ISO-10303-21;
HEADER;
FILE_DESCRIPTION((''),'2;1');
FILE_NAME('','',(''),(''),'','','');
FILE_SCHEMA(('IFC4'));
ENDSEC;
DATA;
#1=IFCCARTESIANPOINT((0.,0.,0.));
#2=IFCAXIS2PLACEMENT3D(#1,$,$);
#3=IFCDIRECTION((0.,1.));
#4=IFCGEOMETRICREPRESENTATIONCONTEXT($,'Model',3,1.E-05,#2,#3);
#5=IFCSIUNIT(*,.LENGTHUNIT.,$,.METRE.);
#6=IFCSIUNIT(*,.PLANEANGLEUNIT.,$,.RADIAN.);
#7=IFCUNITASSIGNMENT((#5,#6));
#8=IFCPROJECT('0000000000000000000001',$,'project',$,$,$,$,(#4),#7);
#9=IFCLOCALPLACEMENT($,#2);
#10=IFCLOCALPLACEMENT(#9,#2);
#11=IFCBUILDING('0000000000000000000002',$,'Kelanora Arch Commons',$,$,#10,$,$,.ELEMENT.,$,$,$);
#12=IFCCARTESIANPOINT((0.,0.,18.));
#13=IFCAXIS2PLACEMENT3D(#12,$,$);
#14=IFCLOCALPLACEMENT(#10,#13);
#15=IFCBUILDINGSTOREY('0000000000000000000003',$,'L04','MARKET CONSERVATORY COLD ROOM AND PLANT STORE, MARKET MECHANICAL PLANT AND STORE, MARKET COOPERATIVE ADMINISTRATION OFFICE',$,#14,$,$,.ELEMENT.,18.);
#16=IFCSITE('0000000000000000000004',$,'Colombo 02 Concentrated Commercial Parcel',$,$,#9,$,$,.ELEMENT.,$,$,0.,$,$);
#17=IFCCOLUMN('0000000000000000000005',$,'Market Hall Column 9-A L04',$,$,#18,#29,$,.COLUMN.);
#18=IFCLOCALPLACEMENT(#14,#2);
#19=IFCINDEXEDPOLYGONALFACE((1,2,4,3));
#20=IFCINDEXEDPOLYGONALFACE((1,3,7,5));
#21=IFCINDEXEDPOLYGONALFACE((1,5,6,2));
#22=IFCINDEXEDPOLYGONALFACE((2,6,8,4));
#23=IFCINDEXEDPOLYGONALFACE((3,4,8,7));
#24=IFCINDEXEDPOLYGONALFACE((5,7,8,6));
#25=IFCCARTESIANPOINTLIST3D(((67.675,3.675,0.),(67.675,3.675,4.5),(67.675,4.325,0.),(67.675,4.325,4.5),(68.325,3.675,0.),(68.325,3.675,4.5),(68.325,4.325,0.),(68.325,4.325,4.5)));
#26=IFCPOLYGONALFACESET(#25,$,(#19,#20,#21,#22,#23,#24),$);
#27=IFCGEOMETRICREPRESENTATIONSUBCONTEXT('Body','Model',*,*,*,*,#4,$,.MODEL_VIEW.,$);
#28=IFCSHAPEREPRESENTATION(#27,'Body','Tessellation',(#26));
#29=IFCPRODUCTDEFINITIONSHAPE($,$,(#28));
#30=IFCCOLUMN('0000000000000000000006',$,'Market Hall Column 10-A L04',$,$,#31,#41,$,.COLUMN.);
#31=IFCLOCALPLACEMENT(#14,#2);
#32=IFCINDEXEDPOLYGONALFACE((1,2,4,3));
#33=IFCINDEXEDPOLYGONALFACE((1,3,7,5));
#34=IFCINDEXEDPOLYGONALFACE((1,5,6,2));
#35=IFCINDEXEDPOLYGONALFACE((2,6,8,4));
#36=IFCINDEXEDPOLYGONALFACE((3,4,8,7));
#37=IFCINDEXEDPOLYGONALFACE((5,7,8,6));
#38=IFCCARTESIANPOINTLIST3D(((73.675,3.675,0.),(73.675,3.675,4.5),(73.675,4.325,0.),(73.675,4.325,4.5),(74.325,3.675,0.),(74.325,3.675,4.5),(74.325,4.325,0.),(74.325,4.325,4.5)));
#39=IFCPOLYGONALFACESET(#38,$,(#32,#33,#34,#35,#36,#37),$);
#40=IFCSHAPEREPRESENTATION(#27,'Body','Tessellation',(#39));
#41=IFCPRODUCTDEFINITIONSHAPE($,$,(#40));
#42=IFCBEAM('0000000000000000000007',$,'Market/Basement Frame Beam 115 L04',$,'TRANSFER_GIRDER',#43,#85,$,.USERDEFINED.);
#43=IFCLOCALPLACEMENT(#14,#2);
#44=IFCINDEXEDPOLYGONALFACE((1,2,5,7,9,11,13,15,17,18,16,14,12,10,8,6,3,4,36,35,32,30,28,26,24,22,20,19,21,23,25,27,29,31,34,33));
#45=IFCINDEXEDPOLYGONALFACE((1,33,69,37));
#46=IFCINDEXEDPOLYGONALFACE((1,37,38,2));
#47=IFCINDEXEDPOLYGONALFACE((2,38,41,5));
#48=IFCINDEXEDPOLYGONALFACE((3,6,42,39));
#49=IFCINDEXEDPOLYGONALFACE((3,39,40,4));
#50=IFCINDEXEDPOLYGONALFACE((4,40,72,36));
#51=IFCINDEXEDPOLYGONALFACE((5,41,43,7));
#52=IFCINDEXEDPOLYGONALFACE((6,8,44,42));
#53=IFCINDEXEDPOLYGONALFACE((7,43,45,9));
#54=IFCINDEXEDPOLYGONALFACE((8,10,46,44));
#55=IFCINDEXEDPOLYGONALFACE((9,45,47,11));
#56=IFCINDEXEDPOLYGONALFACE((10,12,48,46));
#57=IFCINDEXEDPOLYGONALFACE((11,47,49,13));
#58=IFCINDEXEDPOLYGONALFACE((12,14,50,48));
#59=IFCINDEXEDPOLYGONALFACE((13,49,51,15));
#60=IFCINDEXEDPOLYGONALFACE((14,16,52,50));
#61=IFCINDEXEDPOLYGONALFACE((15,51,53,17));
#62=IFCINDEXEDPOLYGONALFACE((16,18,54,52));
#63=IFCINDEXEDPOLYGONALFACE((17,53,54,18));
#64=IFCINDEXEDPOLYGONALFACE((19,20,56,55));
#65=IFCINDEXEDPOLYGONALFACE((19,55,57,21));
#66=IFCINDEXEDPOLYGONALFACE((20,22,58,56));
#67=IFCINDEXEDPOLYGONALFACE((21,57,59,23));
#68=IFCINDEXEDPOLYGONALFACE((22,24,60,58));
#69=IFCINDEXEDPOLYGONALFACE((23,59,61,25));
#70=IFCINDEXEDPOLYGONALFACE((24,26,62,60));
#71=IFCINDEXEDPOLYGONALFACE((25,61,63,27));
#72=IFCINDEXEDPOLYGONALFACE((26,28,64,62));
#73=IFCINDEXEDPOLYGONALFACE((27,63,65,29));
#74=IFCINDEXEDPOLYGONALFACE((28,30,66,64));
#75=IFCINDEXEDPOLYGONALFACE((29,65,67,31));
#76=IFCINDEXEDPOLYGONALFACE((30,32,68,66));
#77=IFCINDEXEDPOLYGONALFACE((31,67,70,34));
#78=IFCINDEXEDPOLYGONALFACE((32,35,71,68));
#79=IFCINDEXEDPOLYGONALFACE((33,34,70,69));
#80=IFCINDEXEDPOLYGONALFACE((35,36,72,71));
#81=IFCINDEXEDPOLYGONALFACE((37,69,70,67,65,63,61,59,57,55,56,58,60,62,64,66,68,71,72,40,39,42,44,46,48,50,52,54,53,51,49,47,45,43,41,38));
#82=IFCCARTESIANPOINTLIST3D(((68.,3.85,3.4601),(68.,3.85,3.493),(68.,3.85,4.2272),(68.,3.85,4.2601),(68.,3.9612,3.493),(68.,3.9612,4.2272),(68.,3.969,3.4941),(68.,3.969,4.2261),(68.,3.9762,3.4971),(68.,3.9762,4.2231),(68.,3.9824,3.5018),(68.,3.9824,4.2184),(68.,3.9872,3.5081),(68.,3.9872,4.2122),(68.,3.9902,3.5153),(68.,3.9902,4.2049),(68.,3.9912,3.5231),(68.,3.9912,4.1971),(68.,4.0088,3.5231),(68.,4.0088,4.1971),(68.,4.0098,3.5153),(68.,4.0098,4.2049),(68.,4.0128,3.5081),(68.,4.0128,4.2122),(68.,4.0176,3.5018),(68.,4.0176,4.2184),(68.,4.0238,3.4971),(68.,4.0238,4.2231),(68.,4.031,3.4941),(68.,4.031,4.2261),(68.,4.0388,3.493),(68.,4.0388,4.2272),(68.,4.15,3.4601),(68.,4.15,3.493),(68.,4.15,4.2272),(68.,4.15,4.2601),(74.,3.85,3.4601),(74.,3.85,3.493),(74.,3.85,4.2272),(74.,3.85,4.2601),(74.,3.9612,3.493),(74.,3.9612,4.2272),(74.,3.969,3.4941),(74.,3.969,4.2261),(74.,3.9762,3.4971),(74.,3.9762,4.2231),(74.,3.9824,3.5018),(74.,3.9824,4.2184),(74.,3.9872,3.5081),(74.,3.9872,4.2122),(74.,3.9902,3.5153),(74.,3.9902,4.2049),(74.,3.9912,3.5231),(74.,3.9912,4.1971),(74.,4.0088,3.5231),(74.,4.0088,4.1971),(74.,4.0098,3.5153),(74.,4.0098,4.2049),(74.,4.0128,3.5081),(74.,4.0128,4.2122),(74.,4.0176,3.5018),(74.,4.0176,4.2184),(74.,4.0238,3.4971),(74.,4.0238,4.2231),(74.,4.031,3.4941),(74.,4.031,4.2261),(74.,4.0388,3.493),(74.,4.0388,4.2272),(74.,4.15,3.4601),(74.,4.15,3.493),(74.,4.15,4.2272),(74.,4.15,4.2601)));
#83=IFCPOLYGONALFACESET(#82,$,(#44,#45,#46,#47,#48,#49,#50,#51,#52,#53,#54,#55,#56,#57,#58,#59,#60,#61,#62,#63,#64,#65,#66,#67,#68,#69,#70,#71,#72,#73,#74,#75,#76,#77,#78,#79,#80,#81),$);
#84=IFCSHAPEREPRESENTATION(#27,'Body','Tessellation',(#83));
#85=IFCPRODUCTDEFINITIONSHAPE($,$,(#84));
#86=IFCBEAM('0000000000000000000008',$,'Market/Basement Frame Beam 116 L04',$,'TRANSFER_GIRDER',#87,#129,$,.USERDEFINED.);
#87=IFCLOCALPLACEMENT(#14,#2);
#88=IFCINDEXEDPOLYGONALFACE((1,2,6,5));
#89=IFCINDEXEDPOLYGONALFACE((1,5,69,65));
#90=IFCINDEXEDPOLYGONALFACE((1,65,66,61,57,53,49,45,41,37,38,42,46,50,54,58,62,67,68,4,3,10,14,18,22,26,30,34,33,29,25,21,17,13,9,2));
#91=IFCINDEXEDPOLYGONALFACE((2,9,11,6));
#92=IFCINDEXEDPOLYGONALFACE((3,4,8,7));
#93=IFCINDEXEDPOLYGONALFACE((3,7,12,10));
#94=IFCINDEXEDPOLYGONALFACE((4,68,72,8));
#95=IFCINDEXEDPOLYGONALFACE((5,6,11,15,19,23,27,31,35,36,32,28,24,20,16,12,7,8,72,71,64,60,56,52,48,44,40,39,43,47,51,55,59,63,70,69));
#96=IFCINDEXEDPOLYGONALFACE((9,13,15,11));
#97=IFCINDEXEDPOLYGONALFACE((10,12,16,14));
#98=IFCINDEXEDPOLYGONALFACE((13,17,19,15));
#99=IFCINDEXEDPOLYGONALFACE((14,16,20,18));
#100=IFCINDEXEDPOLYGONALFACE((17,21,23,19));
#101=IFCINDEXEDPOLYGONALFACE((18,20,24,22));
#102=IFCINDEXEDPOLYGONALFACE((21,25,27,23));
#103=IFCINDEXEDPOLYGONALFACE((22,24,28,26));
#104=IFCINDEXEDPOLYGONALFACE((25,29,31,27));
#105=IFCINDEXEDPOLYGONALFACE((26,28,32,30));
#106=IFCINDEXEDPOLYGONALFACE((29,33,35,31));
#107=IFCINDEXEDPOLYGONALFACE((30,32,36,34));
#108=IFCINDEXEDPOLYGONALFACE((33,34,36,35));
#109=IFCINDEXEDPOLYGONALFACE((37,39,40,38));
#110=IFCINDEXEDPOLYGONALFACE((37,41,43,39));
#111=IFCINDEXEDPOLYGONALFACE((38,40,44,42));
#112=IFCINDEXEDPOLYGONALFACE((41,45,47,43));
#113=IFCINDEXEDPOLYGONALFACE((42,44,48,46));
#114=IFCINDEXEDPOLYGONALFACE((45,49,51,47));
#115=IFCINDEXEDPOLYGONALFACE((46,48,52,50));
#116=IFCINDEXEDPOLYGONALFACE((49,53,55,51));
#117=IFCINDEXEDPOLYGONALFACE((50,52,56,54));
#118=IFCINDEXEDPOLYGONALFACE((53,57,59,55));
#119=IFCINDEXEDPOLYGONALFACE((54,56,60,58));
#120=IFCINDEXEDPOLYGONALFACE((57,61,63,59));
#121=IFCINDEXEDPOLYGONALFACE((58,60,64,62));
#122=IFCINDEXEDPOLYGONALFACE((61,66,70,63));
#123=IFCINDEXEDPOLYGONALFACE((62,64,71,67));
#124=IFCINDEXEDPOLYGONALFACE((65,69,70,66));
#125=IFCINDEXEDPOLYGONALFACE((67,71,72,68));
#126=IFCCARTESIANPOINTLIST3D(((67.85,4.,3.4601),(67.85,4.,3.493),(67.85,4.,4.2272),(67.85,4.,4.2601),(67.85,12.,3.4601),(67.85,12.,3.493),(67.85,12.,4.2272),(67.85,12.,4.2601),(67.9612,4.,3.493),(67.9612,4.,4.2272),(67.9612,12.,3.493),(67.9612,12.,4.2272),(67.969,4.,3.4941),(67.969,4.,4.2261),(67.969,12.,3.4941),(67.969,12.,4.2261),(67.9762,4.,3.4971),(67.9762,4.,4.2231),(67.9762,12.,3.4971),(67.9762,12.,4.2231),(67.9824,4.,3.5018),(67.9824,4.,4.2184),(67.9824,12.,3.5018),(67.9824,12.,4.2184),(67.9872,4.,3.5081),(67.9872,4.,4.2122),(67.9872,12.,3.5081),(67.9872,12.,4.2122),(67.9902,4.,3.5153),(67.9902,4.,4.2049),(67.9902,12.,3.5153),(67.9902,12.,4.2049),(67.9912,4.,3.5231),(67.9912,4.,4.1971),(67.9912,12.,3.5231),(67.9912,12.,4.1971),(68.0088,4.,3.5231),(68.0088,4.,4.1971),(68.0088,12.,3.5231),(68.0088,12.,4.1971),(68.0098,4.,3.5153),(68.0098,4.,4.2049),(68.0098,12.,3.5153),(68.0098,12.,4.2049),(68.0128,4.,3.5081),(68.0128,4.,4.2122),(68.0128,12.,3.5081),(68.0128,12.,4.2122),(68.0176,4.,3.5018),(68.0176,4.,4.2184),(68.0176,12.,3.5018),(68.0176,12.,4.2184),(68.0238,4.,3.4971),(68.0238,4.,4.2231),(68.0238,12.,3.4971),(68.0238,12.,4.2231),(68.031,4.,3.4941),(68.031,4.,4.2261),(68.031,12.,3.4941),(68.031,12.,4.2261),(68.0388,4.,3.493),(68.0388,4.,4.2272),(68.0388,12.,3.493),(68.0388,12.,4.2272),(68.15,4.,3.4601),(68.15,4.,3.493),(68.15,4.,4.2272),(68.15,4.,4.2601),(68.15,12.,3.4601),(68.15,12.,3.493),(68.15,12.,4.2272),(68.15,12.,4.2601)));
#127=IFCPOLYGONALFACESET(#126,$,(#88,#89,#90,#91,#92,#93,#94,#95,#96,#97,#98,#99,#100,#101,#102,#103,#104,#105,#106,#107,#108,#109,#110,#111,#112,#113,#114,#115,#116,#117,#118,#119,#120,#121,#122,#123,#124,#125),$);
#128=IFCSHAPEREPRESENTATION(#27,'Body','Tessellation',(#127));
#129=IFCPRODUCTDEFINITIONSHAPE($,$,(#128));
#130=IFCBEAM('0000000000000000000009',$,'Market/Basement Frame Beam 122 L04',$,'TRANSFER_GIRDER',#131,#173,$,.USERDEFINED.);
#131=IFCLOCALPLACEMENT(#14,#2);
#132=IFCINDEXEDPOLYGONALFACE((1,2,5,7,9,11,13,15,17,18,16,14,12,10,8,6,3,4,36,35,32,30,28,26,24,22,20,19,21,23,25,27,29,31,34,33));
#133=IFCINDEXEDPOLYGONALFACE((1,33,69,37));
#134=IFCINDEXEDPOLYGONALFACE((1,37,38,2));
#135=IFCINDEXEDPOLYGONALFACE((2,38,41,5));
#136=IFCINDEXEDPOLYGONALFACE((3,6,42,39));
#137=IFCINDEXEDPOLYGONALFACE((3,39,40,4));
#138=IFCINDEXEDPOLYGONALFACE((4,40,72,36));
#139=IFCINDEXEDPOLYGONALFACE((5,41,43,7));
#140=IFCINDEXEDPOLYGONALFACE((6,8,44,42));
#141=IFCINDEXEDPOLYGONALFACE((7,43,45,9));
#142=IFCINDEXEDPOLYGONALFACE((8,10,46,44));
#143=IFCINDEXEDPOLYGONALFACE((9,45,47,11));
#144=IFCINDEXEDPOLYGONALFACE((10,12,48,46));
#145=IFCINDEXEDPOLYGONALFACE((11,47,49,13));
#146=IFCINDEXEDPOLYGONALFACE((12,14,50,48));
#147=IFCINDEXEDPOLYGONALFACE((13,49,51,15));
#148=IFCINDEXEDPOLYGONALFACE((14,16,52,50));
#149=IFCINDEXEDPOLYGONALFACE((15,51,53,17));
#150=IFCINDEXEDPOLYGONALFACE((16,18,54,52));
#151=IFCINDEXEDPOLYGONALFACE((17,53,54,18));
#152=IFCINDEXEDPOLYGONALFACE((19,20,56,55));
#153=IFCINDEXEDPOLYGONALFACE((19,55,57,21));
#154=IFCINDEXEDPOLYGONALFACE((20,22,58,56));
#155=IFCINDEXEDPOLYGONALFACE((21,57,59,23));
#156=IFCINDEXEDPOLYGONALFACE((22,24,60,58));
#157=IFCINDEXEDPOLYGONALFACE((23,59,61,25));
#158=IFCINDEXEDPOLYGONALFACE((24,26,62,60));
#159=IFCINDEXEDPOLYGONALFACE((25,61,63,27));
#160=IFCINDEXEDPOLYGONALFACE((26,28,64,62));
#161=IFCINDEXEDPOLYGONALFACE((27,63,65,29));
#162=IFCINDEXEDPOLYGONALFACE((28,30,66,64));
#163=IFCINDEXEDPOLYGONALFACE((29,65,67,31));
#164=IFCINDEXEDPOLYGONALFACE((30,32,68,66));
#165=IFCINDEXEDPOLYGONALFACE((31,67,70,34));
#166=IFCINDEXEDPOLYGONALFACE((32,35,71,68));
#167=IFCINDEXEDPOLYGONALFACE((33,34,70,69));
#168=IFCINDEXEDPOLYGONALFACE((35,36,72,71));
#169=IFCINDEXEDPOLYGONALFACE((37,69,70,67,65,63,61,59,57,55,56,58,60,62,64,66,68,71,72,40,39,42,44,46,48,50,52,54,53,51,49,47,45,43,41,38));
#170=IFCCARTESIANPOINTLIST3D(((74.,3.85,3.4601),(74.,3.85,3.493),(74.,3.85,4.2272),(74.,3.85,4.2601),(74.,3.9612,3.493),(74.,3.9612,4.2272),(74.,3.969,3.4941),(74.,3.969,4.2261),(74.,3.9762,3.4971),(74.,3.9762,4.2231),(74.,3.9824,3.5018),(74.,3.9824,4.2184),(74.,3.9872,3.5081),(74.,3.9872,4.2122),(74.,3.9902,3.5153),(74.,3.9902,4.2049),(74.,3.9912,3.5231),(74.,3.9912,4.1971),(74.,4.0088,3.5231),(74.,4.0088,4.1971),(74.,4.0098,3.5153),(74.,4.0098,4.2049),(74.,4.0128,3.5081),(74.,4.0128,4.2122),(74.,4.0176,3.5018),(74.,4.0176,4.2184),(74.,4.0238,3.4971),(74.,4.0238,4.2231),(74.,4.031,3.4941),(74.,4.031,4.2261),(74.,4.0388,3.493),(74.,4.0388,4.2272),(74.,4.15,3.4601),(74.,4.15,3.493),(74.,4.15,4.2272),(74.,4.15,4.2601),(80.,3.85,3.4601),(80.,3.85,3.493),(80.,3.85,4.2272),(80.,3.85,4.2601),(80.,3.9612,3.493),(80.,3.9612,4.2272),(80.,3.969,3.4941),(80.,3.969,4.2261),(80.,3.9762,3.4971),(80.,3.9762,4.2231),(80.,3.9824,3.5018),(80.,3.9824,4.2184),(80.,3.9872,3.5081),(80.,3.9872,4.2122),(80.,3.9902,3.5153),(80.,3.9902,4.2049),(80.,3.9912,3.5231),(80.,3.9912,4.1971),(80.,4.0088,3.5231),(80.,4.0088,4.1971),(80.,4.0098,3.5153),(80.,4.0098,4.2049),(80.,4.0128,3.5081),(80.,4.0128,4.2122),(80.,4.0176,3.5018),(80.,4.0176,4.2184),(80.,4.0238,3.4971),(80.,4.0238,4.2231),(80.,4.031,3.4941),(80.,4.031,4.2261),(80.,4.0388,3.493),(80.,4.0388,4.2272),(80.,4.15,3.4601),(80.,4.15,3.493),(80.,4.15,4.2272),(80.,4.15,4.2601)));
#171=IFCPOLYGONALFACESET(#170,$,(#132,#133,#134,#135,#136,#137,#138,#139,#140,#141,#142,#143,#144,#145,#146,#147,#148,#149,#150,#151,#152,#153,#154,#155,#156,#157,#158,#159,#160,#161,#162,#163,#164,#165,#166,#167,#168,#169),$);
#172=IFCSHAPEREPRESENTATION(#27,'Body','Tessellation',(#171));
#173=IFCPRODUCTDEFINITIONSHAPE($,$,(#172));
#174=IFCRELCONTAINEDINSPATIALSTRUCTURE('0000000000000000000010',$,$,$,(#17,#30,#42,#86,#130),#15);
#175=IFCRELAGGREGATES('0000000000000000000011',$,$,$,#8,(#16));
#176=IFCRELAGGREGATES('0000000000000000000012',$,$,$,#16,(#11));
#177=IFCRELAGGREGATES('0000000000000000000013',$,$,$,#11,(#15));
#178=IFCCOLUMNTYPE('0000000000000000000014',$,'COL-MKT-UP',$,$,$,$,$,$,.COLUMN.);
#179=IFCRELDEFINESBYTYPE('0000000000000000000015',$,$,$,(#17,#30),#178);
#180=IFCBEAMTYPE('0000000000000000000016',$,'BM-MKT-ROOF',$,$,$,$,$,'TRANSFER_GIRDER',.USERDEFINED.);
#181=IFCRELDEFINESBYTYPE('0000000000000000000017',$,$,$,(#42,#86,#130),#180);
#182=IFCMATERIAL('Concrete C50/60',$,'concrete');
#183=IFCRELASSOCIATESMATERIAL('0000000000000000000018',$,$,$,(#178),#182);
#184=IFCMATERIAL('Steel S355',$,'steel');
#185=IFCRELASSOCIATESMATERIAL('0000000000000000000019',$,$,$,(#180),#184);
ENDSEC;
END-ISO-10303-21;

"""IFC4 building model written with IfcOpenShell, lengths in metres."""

from ifc_helpers import new_model, si_unit, direction, frame, origin, origin_2d, place, context, subcontext, project, spatial, rectangle, i_section, extrude, material, material_profile, profile_set, type_object, element, save


model = new_model("IFC4")

# Units and contexts
model_context = context("Model", 3, precision=1e-05, world=origin(), true_north=direction((0.0, 1.0)))
body_context = subcontext(model_context, "Body", "Model", "MODEL_VIEW")
ifc_project = project(units=[si_unit("LENGTHUNIT", "METRE"), si_unit("PLANEANGLEUNIT", "RADIAN")], contexts=[model_context])

# Site, building, storey
site_placement = place(None, origin())
site = spatial("IfcSite", under=ifc_project, at=site_placement, Name="Colombo 02 Concentrated Commercial Parcel", CompositionType="ELEMENT", RefElevation=0.0)
building_placement = place(site_placement, origin())
building = spatial("IfcBuilding", under=site, at=building_placement, Name="Kelanora Arch Commons", CompositionType="ELEMENT")
storey_placement = place(building_placement, frame((0.0, 0.0, 18.0)))
storey = spatial("IfcBuildingStorey", under=building, at=storey_placement, Name="L04", Description="MARKET CONSERVATORY COLD ROOM AND PLANT STORE, MARKET MECHANICAL PLANT AND STORE, MARKET COOPERATIVE ADMINISTRATION OFFICE", CompositionType="ELEMENT", Elevation=18.0)

# Columns
ifc_material_1 = material(Name="Concrete C50/60", Category="concrete")
ifc_material_profile_1 = material_profile(ifc_material_1, rectangle(XDim=0.6499, YDim=0.6499, at=origin_2d()), Name="RC650x650")
ifc_profile_set_1 = profile_set([ifc_material_profile_1], Name="Concrete C50/60")
column_type = type_object("IfcColumnType", Name="COL-MKT-UP", PredefinedType="COLUMN", material=ifc_profile_set_1)
for number, where, z_axis, x_axis, name in (
    (1, (68.0, 4.0, 0.0), (0.0, 0.0, 1.0), (1.0, 0.0, 0.0), "Market Hall Column 9-A L04"),
    (2, (74.0, 4.0, 0.0), (0.0, 0.0, 1.0), (1.0, 0.0, 0.0), "Market Hall Column 10-A L04"),
):
    element("IfcColumn", number, at=place(storey_placement, frame(where, z_axis=z_axis, x_axis=x_axis)), inside=storey, type_object=column_type, Name=name, PredefinedType="COLUMN", context=body_context, shape_type="SweptSolid", body=[
        extrude(rectangle(XDim=0.6499, YDim=0.6499, at=origin_2d()), origin(), (0.0, 0.0, 1.0), 4.5),
    ])

# Beams
ifc_material_2 = material(Name="Steel S355", Category="steel")
ifc_material_profile_2 = material_profile(ifc_material_2, i_section(OverallWidth=0.3, OverallDepth=0.8, WebThickness=0.0176, FlangeThickness=0.033, FilletRadius=0.03, at=origin_2d()), Name="HEB800")
ifc_profile_set_2 = profile_set([ifc_material_profile_2], Name="Steel S355")
beam_type = type_object("IfcBeamType", Name="BM-MKT-ROOF", ElementType="TRANSFER_GIRDER", PredefinedType="USERDEFINED", material=ifc_profile_set_2)
beam_1_placement = place(storey_placement, frame((68.0, 4.0, 3.8601), z_axis=(1.0, 0.0, 0.0), x_axis=(0.0, 1.0, 0.0)))
element("IfcBeam", 3, at=beam_1_placement, inside=storey, type_object=beam_type, Name="Market/Basement Frame Beam 115 L04", ObjectType="TRANSFER_GIRDER", PredefinedType="USERDEFINED", context=body_context, shape_type="SweptSolid", body=[
    extrude(i_section(OverallWidth=0.3, OverallDepth=0.8, WebThickness=0.0176, FlangeThickness=0.033, FilletRadius=0.03, at=origin_2d()), origin(), (0.0, 0.0, 1.0), 6.0),
])
beam_2_placement = place(storey_placement, frame((68.0, 4.0, 3.8601), z_axis=(0.0, 1.0, 0.0), x_axis=(-1.0, 0.0, 0.0)))
element("IfcBeam", 4, at=beam_2_placement, inside=storey, type_object=beam_type, Name="Market/Basement Frame Beam 116 L04", ObjectType="TRANSFER_GIRDER", PredefinedType="USERDEFINED", context=body_context, shape_type="SweptSolid", body=[
    extrude(i_section(OverallWidth=0.3, OverallDepth=0.8, WebThickness=0.0176, FlangeThickness=0.033, FilletRadius=0.03, at=origin_2d()), origin(), (0.0, 0.0, 1.0), 8.0),
])
beam_3_placement = place(storey_placement, frame((74.0, 4.0, 3.8601), z_axis=(1.0, 0.0, 0.0), x_axis=(0.0, 1.0, 0.0)))
element("IfcBeam", 5, at=beam_3_placement, inside=storey, type_object=beam_type, Name="Market/Basement Frame Beam 122 L04", ObjectType="TRANSFER_GIRDER", PredefinedType="USERDEFINED", context=body_context, shape_type="SweptSolid", body=[
    extrude(i_section(OverallWidth=0.3, OverallDepth=0.8, WebThickness=0.0176, FlangeThickness=0.033, FilletRadius=0.03, at=origin_2d()), origin(), (0.0, 0.0, 1.0), 6.0),
])

save(model, "model.ifc")
